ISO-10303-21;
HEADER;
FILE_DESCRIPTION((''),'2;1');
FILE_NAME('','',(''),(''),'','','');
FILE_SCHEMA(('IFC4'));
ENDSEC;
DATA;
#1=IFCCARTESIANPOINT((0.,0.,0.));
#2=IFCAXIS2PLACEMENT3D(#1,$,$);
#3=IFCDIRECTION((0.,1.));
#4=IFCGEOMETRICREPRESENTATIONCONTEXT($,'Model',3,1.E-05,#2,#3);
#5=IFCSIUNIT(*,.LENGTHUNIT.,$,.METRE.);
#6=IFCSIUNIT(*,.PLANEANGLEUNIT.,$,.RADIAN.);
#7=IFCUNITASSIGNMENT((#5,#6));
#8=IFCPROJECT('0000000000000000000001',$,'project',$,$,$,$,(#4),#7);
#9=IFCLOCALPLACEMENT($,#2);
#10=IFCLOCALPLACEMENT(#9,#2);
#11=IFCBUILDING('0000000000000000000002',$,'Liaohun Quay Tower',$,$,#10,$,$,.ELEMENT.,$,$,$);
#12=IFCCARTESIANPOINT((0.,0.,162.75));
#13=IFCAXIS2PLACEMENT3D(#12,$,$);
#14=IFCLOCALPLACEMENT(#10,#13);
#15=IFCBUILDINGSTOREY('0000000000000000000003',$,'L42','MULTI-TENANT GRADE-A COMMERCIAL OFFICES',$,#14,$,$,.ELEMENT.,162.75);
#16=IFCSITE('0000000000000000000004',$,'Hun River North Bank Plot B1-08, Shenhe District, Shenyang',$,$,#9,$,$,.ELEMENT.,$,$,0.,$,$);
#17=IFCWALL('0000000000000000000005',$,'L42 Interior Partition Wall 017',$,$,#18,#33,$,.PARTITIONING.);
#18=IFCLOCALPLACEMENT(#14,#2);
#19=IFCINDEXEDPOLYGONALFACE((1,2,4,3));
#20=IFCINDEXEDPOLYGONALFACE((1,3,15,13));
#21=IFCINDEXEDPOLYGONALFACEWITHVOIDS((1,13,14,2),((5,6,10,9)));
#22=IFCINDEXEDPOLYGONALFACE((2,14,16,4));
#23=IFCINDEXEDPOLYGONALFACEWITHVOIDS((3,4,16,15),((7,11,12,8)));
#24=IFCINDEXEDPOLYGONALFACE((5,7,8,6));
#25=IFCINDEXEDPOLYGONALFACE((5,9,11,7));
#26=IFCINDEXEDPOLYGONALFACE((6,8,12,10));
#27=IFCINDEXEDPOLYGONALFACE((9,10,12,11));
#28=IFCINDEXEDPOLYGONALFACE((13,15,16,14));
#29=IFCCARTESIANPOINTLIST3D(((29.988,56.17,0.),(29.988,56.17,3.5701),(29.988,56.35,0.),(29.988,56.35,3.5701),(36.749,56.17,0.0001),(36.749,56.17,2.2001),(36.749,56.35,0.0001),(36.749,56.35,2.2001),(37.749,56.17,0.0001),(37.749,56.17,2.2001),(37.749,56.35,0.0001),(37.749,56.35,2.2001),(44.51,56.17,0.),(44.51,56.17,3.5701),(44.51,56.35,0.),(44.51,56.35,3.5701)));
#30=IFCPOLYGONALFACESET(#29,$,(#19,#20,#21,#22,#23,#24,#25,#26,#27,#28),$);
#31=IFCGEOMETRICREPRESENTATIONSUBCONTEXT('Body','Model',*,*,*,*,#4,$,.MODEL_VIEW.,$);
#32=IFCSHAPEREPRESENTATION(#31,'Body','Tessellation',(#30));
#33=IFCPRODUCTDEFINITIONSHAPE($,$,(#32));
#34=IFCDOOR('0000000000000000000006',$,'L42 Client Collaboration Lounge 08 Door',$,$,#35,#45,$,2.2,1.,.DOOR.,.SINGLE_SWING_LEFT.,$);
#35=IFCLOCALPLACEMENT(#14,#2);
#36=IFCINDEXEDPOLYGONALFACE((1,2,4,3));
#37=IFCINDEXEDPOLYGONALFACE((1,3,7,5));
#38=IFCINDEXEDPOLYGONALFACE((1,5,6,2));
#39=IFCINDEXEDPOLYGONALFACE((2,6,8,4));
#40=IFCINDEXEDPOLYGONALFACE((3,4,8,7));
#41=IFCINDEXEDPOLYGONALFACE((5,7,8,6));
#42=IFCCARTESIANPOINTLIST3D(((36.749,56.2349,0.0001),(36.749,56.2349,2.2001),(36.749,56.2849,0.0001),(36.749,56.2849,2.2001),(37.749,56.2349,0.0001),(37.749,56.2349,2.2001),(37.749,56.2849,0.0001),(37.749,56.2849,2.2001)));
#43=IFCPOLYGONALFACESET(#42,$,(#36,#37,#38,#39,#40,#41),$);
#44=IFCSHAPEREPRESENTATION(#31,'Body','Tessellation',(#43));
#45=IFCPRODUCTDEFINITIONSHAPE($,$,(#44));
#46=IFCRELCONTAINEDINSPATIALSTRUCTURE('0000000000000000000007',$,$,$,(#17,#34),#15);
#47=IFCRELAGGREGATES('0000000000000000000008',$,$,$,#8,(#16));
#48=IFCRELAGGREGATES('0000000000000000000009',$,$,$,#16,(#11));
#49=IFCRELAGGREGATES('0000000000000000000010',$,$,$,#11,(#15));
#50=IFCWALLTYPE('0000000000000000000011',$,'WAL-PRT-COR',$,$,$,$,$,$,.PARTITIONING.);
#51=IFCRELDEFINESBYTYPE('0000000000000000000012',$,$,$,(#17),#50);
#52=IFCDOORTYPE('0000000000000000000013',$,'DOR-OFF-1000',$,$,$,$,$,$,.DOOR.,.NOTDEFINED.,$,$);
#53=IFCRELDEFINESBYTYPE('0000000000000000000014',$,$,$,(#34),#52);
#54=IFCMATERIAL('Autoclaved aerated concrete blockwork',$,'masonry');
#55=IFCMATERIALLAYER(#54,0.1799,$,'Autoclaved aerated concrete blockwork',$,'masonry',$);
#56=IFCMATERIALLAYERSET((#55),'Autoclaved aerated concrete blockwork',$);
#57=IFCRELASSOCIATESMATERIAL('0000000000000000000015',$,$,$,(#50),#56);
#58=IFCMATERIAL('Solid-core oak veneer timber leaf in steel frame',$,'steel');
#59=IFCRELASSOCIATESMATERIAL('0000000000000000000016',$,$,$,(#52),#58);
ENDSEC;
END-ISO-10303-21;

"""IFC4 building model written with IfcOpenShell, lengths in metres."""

from ifc_helpers import new_model, si_unit, direction, frame, frame_2d, origin, place, context, subcontext, project, spatial, rectangle, extrude, source, transform, mapped, material, layer, layer_set, type_object, element, fill, save


model = new_model("IFC4")

# Units and contexts
model_context = context("Model", 3, precision=1e-05, world=origin(), true_north=direction((0.0, 1.0)))
body_context = subcontext(model_context, "Body", "Model", "MODEL_VIEW")
ifc_project = project(units=[si_unit("LENGTHUNIT", "METRE"), si_unit("PLANEANGLEUNIT", "RADIAN")], contexts=[model_context])

# Site, building, storey
site_placement = place(None, origin())
site = spatial("IfcSite", under=ifc_project, at=site_placement, Name="Hun River North Bank Plot B1-08, Shenhe District, Shenyang", CompositionType="ELEMENT", RefElevation=0.0)
building_placement = place(site_placement, origin())
building = spatial("IfcBuilding", under=site, at=building_placement, Name="Liaohun Quay Tower", CompositionType="ELEMENT")
storey_placement = place(building_placement, frame((0.0, 0.0, 162.75)))
storey = spatial("IfcBuildingStorey", under=building, at=storey_placement, Name="L42", Description="MULTI-TENANT GRADE-A COMMERCIAL OFFICES", CompositionType="ELEMENT", Elevation=162.75)

# Wall, opening, door
ifc_material_1 = material(Name="Autoclaved aerated concrete blockwork", Category="masonry")
ifc_layer_1 = layer(ifc_material_1, 0.1799, Name="Autoclaved aerated concrete blockwork", Category="masonry")
ifc_layer_set_1 = layer_set([ifc_layer_1], Name="Autoclaved aerated concrete blockwork")
wall_type_1 = type_object("IfcWallType", Name="WAL-PRT-COR", PredefinedType="PARTITIONING", material=ifc_layer_set_1)
wall_1_placement = place(storey_placement, frame((29.988, 56.26, 0.0), z_axis=(0.0, 0.0, 1.0), x_axis=(1.0, 0.0, 0.0)))
wall_1 = element("IfcWall", 1, at=wall_1_placement, inside=storey, type_object=wall_type_1, Name="L42 Interior Partition Wall 017", PredefinedType="PARTITIONING", context=body_context, shape_type="SweptSolid", body=[
    extrude(rectangle(XDim=14.522, YDim=0.1799, at=frame_2d((7.261, 0.0))), origin(), (0.0, 0.0, 1.0), 3.5701),
])
shared_shape_1 = source(origin(), body_context, "Body", "SweptSolid", [
    extrude(rectangle(XDim=1.0, YDim=2.2, at=frame_2d((0.5, 1.1001))), frame((0.0, 0.0999, 0.0), z_axis=(0.0, -1.0, 0.0), x_axis=(1.0, 0.0, 0.0)), (0.0, 0.0, 1.0), 0.2),
])
opening_1_placement = place(wall_1_placement, frame((6.761, 0.0, 0.0)))
opening_1 = element("IfcOpeningElement", 2, at=opening_1_placement, cuts=wall_1, PredefinedType="OPENING", context=body_context, shape_type="MappedRepresentation", body=[
    mapped(shared_shape_1, transform((0.0, 0.0, 0.0), x_axis=(1.0, 0.0, 0.0), y_axis=(0.0, 1.0, 0.0), z_axis=(0.0, 0.0, 1.0), scale=1.0)),
])
ifc_material_2 = material(Name="Solid-core oak veneer timber leaf in steel frame", Category="steel")
door_type_1 = type_object("IfcDoorType", Name="DOR-OFF-1000", OperationType="NOTDEFINED", PredefinedType="DOOR", material=ifc_material_2)
shared_shape_2 = source(origin(), body_context, "Body", "SweptSolid", [
    extrude(rectangle(XDim=1.0, YDim=2.2, at=frame_2d((0.5, 1.1001))), frame((0.0, 0.0249, 0.0), z_axis=(0.0, -1.0, 0.0), x_axis=(1.0, 0.0, 0.0)), (0.0, 0.0, 1.0), 0.05),
])
door_1_placement = place(opening_1_placement, origin())
door_1 = element("IfcDoor", 3, at=door_1_placement, inside=storey, type_object=door_type_1, Name="L42 Client Collaboration Lounge 08 Door", OperationType="SINGLE_SWING_LEFT", OverallHeight=2.2, OverallWidth=1.0, PredefinedType="DOOR", context=body_context, shape_type="MappedRepresentation", body=[
    mapped(shared_shape_2, transform((0.0, 0.0, 0.0), x_axis=(1.0, 0.0, 0.0), y_axis=(0.0, 1.0, 0.0), z_axis=(0.0, 0.0, 1.0), scale=1.0)),
])
fill(opening_1, door_1)

save(model, "model.ifc")
